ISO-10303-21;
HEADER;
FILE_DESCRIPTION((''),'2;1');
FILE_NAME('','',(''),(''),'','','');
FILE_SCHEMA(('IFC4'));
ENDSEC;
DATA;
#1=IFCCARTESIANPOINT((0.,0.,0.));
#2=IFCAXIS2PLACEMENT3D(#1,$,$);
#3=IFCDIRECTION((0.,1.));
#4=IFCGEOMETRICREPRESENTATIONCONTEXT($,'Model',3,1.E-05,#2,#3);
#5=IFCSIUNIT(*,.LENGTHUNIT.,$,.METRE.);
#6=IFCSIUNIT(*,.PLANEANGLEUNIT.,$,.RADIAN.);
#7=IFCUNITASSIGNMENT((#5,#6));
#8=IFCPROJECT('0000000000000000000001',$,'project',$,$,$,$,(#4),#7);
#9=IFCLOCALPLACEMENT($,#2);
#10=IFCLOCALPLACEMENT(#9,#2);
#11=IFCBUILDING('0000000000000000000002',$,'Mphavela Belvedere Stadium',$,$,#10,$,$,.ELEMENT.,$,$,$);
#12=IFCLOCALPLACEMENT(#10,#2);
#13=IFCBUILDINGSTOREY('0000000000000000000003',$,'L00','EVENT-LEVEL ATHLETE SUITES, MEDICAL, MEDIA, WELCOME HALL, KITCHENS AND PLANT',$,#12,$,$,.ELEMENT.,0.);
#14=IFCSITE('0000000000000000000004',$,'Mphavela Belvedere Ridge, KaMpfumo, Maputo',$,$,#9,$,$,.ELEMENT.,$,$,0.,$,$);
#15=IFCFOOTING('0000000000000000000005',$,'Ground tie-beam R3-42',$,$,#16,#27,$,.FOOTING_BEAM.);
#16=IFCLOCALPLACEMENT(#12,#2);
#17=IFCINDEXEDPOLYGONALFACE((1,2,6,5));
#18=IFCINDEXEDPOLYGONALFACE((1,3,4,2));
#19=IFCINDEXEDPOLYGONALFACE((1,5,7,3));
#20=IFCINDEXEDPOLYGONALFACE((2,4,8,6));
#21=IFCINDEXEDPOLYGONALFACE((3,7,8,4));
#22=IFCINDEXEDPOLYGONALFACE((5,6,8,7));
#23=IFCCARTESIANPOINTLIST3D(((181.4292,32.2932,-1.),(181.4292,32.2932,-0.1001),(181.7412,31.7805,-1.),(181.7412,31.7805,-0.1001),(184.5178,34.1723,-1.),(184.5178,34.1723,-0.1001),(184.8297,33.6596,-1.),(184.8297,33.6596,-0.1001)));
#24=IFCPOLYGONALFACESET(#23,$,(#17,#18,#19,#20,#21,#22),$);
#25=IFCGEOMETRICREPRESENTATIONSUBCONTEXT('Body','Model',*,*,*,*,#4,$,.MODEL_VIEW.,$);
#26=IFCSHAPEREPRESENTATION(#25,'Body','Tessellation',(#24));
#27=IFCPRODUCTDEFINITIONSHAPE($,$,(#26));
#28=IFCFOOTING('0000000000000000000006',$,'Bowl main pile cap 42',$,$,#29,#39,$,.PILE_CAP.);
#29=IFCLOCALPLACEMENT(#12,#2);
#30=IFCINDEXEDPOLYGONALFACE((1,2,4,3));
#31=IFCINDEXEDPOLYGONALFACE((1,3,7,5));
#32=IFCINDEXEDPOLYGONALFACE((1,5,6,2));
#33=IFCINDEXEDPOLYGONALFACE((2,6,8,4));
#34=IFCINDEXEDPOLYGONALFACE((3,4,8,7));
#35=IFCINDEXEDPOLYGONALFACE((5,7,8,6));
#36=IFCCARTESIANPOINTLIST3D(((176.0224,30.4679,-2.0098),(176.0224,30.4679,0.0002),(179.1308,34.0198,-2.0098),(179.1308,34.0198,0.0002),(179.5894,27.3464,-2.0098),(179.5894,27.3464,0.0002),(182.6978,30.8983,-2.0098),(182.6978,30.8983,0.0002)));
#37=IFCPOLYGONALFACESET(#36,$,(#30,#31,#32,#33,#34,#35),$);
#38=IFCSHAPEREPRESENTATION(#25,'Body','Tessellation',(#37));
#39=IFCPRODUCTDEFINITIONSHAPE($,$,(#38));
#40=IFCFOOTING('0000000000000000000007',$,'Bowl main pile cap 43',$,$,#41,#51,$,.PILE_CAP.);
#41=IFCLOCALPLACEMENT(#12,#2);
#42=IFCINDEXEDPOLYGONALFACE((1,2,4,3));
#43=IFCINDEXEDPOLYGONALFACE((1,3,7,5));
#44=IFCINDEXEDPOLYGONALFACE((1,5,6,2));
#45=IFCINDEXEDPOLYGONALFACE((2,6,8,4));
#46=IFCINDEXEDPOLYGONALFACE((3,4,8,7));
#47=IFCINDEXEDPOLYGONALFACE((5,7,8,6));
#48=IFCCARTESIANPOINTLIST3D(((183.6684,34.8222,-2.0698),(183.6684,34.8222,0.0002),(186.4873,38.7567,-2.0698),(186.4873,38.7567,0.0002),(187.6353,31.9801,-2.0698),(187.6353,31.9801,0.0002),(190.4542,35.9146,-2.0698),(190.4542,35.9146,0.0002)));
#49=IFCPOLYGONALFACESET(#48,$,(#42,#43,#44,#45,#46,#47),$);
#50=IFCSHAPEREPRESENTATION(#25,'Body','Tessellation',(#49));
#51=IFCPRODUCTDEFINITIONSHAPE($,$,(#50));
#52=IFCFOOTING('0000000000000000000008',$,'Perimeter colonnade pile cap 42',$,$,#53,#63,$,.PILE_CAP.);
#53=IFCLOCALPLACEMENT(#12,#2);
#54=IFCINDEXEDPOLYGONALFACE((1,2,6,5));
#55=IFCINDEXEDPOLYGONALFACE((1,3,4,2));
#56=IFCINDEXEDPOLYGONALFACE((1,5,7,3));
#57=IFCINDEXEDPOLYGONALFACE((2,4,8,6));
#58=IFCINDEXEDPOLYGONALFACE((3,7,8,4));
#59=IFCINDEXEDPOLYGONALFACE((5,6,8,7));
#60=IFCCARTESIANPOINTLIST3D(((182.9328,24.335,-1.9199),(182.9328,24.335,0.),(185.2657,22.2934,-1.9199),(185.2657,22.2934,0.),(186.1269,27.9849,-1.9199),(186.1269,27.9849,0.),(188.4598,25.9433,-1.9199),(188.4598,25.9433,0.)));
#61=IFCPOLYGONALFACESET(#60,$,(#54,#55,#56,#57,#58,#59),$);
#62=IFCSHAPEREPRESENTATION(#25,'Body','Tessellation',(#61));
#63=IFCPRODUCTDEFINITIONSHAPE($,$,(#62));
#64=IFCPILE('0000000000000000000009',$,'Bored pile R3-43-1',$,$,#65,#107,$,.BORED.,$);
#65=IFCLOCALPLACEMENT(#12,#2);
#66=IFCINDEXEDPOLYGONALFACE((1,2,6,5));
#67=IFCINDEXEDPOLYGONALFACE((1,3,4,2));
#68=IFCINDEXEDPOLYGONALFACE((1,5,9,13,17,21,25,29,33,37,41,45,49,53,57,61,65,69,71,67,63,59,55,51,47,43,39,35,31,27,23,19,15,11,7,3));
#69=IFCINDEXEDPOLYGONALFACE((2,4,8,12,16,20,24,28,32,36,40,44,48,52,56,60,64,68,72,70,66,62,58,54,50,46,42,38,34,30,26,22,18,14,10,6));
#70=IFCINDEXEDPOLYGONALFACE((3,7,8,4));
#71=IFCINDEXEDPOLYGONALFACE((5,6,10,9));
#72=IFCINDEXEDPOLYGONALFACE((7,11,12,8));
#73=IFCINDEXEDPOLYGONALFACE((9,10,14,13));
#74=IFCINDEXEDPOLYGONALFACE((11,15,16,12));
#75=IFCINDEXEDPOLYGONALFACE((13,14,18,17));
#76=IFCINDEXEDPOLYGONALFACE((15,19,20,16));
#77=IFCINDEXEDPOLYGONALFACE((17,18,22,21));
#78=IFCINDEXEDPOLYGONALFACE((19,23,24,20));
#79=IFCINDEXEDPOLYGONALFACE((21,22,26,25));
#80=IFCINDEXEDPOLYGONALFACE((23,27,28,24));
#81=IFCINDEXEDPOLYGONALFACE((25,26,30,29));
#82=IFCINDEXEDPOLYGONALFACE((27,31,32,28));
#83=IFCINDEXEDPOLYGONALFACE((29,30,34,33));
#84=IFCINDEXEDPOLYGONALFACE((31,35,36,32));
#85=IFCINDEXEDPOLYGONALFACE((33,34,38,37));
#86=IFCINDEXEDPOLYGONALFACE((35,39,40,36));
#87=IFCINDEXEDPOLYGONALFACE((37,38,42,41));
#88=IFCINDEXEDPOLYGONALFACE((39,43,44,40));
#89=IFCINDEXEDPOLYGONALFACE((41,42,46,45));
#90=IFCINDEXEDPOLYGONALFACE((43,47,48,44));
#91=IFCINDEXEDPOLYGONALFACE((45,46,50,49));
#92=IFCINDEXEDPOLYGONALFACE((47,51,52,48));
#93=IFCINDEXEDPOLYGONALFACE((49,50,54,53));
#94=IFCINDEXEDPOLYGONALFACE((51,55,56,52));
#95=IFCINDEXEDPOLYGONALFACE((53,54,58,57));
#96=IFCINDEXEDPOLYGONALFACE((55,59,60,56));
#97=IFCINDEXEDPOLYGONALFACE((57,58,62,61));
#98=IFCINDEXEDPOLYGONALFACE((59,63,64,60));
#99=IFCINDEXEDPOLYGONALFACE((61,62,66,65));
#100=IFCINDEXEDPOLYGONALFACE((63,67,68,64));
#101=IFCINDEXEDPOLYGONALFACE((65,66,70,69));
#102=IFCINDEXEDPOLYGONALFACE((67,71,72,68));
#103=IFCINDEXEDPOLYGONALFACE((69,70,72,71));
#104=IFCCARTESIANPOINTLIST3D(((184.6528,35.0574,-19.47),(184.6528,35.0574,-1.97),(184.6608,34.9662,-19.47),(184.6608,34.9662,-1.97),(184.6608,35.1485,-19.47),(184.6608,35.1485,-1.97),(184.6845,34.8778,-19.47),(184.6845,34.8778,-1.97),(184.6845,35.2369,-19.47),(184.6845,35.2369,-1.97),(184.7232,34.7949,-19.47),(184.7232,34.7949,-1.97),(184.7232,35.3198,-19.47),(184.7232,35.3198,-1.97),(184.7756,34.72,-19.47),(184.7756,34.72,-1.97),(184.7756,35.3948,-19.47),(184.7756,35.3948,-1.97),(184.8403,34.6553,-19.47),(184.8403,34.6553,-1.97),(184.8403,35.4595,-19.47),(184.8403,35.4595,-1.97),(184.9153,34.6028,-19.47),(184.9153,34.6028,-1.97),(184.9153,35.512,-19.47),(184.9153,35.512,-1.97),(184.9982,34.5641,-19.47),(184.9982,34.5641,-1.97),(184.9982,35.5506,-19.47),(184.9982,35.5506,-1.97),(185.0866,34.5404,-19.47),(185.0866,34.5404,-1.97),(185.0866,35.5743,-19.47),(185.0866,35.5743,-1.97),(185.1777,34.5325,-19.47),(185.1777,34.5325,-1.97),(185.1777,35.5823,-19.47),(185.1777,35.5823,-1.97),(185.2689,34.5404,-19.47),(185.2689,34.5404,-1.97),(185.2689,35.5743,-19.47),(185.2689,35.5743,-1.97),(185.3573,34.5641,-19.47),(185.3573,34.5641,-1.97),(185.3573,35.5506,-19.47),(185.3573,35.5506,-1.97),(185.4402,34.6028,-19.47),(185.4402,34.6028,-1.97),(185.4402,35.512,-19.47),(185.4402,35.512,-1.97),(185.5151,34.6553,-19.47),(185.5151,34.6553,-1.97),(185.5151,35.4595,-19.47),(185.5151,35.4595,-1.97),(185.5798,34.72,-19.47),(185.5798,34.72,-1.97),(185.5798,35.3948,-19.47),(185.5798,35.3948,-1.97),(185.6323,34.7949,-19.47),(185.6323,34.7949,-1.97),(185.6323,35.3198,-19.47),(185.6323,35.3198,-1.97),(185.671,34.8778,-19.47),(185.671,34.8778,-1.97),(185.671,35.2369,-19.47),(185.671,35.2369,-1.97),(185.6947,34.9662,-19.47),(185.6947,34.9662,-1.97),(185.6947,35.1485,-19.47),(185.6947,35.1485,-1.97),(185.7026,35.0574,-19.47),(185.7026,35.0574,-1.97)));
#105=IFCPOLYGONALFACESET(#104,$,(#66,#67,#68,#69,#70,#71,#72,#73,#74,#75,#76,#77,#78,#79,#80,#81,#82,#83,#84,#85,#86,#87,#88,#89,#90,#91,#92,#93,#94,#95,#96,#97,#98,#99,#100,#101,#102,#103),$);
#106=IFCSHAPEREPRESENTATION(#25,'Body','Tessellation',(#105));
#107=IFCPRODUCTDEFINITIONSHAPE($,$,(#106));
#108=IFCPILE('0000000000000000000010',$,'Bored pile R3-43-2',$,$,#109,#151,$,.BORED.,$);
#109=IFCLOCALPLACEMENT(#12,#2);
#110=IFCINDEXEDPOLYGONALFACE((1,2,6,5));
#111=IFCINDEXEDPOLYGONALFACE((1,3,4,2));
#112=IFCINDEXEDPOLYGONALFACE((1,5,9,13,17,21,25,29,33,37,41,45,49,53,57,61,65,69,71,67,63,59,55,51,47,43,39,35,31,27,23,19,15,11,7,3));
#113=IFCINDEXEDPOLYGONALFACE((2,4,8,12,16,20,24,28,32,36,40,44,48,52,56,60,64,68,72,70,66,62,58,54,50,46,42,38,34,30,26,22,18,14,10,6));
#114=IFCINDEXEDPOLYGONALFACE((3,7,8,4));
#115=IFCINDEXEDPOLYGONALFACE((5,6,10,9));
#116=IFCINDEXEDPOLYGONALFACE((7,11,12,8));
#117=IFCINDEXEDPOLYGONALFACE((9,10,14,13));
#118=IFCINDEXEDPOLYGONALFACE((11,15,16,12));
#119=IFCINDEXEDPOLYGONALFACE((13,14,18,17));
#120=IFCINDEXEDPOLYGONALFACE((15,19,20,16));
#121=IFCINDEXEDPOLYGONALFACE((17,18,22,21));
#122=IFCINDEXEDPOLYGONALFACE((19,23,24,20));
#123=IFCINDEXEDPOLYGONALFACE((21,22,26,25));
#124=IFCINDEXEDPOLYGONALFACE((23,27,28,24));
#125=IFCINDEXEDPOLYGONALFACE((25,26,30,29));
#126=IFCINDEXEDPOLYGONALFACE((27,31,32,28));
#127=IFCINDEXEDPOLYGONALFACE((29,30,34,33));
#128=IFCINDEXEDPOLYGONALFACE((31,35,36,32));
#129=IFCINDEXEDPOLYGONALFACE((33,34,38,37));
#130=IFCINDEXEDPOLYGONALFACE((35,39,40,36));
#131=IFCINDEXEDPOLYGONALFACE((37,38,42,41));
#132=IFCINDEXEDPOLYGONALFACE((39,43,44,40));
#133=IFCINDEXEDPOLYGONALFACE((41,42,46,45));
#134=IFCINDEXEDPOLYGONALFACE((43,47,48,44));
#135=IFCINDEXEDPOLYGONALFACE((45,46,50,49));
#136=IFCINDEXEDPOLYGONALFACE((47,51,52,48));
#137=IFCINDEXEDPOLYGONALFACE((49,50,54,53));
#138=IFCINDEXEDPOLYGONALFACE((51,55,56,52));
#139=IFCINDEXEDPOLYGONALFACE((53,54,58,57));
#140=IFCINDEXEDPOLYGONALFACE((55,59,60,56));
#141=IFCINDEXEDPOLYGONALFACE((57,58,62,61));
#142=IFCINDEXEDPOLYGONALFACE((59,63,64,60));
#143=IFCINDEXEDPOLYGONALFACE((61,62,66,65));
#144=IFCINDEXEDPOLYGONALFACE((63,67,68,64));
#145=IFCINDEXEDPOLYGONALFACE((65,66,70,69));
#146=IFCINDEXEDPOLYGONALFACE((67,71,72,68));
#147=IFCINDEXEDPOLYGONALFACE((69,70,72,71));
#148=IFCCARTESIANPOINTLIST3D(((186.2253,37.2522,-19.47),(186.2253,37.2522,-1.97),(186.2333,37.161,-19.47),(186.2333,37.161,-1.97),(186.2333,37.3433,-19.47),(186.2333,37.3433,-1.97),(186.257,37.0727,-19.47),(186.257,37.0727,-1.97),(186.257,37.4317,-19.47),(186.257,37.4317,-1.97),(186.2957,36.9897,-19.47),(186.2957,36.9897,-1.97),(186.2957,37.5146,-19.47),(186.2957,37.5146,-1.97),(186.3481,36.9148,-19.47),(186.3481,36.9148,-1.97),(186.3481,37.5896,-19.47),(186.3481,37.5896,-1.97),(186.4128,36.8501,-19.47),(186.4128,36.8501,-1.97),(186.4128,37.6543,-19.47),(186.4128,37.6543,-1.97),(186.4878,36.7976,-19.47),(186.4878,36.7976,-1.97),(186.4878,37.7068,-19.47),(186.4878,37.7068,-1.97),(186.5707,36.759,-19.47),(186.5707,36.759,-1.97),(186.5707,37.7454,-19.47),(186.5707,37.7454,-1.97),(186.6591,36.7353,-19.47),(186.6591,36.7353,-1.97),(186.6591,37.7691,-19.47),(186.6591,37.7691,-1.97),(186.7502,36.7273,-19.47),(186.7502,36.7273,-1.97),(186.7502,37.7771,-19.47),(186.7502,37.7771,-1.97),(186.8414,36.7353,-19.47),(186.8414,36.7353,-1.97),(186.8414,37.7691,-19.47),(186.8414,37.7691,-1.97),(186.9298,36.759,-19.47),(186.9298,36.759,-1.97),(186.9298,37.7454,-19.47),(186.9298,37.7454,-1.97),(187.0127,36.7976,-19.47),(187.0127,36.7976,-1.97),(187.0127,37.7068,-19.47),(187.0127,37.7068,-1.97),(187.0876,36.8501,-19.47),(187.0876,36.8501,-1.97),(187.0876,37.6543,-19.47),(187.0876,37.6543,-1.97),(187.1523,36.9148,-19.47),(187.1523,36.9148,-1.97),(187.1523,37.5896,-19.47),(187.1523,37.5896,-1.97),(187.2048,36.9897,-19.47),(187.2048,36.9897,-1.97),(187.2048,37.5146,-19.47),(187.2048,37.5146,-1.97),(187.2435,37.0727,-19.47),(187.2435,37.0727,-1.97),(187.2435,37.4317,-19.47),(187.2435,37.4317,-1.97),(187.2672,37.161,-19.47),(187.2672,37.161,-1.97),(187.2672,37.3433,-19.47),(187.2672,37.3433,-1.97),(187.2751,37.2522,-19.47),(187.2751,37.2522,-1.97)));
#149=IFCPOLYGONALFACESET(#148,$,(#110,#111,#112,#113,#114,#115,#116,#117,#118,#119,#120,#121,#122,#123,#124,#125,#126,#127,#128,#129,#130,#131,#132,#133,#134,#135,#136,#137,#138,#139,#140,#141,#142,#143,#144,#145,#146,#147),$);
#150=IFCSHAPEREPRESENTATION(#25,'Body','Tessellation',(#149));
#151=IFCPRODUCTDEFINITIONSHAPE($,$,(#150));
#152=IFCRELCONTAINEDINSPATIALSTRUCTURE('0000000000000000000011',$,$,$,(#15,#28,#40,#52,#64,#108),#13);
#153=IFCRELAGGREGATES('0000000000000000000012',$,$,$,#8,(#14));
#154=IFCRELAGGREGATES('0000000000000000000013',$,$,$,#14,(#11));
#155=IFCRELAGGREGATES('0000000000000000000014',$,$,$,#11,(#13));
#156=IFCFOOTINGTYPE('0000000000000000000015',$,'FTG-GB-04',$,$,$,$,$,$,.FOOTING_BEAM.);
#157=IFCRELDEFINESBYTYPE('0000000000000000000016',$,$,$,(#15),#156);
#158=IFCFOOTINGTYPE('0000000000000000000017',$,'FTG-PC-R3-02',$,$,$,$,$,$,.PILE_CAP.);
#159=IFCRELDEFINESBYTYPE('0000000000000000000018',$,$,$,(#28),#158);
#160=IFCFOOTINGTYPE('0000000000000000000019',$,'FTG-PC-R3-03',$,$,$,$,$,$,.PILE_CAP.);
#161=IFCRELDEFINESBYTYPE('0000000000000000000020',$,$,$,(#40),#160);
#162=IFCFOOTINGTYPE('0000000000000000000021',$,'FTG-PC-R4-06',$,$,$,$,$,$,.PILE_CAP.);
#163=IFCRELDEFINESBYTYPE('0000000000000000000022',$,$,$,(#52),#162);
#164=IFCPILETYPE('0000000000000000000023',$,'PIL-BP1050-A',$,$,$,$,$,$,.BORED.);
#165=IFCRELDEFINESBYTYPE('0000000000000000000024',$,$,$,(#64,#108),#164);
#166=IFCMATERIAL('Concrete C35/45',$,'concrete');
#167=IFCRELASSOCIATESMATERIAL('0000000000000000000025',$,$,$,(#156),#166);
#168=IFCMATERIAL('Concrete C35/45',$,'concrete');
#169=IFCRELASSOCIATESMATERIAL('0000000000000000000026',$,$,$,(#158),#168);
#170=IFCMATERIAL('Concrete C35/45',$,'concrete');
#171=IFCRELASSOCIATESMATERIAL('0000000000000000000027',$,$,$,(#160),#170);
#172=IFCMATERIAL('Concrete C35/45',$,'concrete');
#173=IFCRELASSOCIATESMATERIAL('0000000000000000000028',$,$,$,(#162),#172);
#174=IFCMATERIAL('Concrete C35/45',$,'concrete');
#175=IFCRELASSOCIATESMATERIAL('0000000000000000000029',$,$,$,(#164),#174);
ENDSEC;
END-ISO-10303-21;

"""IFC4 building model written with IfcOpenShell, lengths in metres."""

from ifc_helpers import new_model, si_unit, direction, frame, origin, origin_2d, place, context, subcontext, project, spatial, rectangle, circle, extrude, material, material_profile, profile_set, type_object, element, save


model = new_model("IFC4")

# Units and contexts
model_context = context("Model", 3, precision=1e-05, world=origin(), true_north=direction((0.0, 1.0)))
body_context = subcontext(model_context, "Body", "Model", "MODEL_VIEW")
ifc_project = project(units=[si_unit("LENGTHUNIT", "METRE"), si_unit("PLANEANGLEUNIT", "RADIAN")], contexts=[model_context])

# Site, building, storey
site_placement = place(None, origin())
site = spatial("IfcSite", under=ifc_project, at=site_placement, Name="Mphavela Belvedere Ridge, KaMpfumo, Maputo", CompositionType="ELEMENT", RefElevation=0.0)
building_placement = place(site_placement, origin())
building = spatial("IfcBuilding", under=site, at=building_placement, Name="Mphavela Belvedere Stadium", CompositionType="ELEMENT")
storey_placement = place(building_placement, origin())
storey = spatial("IfcBuildingStorey", under=building, at=storey_placement, Name="L00", Description="EVENT-LEVEL ATHLETE SUITES, MEDICAL, MEDIA, WELCOME HALL, KITCHENS AND PLANT", CompositionType="ELEMENT", Elevation=0.0)

# Footings
ifc_material_1 = material(Name="Concrete C35/45", Category="concrete")
ifc_material_profile_1 = material_profile(ifc_material_1, rectangle(XDim=0.6001, YDim=0.8999, at=origin_2d()), Name="GB 600x900")
ifc_profile_set_1 = profile_set([ifc_material_profile_1], Name="Concrete C35/45")
footing_type_1 = type_object("IfcFootingType", Name="FTG-GB-04", PredefinedType="FOOTING_BEAM", material=ifc_profile_set_1)
footing_1_placement = place(storey_placement, frame((181.5852, 32.0369, -0.55), z_axis=(0.854307, 0.519769, 0.0), x_axis=(-0.519769, 0.854307, 0.0)))
element("IfcFooting", 1, at=footing_1_placement, inside=storey, type_object=footing_type_1, Name="Ground tie-beam R3-42", PredefinedType="FOOTING_BEAM", context=body_context, shape_type="SweptSolid", body=[
    extrude(rectangle(XDim=0.6001, YDim=0.8999, at=origin_2d()), origin(), (0.0, 0.0, 1.0), 3.6152),
])
ifc_material_2 = material(Name="Concrete C35/45", Category="concrete")
footing_type_2 = type_object("IfcFootingType", Name="FTG-PC-R3-02", PredefinedType="PILE_CAP", material=ifc_material_2)
footing_2_placement = place(storey_placement, frame((179.3601, 30.6831, -2.0098), z_axis=(0.0, 0.0, 1.0), x_axis=(0.75253, -0.658558, 0.0)))
element("IfcFooting", 2, at=footing_2_placement, inside=storey, type_object=footing_type_2, Name="Bowl main pile cap 42", PredefinedType="PILE_CAP", context=body_context, shape_type="SweptSolid", body=[
    extrude(rectangle(XDim=4.74, YDim=4.72, at=origin_2d()), origin(), (0.0, 0.0, 1.0), 2.01),
])
ifc_material_3 = material(Name="Concrete C35/45", Category="concrete")
footing_type_3 = type_object("IfcFootingType", Name="FTG-PC-R3-03", PredefinedType="PILE_CAP", material=ifc_material_3)
footing_3_placement = place(storey_placement, frame((187.0613, 35.3684, -2.0698), z_axis=(0.0, 0.0, 1.0), x_axis=(0.812898, -0.582407, 0.0)))
element("IfcFooting", 3, at=footing_3_placement, inside=storey, type_object=footing_type_3, Name="Bowl main pile cap 43", PredefinedType="PILE_CAP", context=body_context, shape_type="SweptSolid", body=[
    extrude(rectangle(XDim=4.8799, YDim=4.8401, at=origin_2d()), origin(), (0.0, 0.0, 1.0), 2.0701),
])
ifc_material_4 = material(Name="Concrete C35/45", Category="concrete")
footing_type_4 = type_object("IfcFootingType", Name="FTG-PC-R4-06", PredefinedType="PILE_CAP", material=ifc_material_4)
footing_4_placement = place(storey_placement, frame((185.6963, 25.1392, -1.9199), z_axis=(0.0, 0.0, 1.0), x_axis=(0.658558, 0.75253, 0.0)))
element("IfcFooting", 4, at=footing_4_placement, inside=storey, type_object=footing_type_4, Name="Perimeter colonnade pile cap 42", PredefinedType="PILE_CAP", context=body_context, shape_type="SweptSolid", body=[
    extrude(rectangle(XDim=4.8501, YDim=3.1001, at=origin_2d()), origin(), (0.0, 0.0, 1.0), 1.9199),
])

# Piles
ifc_material_5 = material(Name="Concrete C35/45", Category="concrete")
ifc_material_profile_2 = material_profile(ifc_material_5, circle(Radius=0.5249, at=origin_2d()), Name="BP D1050")
ifc_profile_set_2 = profile_set([ifc_material_profile_2], Name="Concrete C35/45")
pile_type_1 = type_object("IfcPileType", Name="PIL-BP1050-A", PredefinedType="BORED", material=ifc_profile_set_2)
for number, where, z_axis, x_axis, name in (
    (5, (185.1777, 35.0574, -1.97), (0.0, 0.0, -1.0), (1.0, 0.0, 0.0), "Bored pile R3-43-1"),
    (6, (186.7502, 37.2522, -1.97), (0.0, 0.0, -1.0), (1.0, 0.0, 0.0), "Bored pile R3-43-2"),
):
    element("IfcPile", number, at=place(storey_placement, frame(where, z_axis=z_axis, x_axis=x_axis)), inside=storey, type_object=pile_type_1, Name=name, PredefinedType="BORED", context=body_context, shape_type="SweptSolid", body=[
        extrude(circle(Radius=0.5249, at=origin_2d()), origin(), (0.0, 0.0, 1.0), 17.5),
    ])

save(model, "model.ifc")
